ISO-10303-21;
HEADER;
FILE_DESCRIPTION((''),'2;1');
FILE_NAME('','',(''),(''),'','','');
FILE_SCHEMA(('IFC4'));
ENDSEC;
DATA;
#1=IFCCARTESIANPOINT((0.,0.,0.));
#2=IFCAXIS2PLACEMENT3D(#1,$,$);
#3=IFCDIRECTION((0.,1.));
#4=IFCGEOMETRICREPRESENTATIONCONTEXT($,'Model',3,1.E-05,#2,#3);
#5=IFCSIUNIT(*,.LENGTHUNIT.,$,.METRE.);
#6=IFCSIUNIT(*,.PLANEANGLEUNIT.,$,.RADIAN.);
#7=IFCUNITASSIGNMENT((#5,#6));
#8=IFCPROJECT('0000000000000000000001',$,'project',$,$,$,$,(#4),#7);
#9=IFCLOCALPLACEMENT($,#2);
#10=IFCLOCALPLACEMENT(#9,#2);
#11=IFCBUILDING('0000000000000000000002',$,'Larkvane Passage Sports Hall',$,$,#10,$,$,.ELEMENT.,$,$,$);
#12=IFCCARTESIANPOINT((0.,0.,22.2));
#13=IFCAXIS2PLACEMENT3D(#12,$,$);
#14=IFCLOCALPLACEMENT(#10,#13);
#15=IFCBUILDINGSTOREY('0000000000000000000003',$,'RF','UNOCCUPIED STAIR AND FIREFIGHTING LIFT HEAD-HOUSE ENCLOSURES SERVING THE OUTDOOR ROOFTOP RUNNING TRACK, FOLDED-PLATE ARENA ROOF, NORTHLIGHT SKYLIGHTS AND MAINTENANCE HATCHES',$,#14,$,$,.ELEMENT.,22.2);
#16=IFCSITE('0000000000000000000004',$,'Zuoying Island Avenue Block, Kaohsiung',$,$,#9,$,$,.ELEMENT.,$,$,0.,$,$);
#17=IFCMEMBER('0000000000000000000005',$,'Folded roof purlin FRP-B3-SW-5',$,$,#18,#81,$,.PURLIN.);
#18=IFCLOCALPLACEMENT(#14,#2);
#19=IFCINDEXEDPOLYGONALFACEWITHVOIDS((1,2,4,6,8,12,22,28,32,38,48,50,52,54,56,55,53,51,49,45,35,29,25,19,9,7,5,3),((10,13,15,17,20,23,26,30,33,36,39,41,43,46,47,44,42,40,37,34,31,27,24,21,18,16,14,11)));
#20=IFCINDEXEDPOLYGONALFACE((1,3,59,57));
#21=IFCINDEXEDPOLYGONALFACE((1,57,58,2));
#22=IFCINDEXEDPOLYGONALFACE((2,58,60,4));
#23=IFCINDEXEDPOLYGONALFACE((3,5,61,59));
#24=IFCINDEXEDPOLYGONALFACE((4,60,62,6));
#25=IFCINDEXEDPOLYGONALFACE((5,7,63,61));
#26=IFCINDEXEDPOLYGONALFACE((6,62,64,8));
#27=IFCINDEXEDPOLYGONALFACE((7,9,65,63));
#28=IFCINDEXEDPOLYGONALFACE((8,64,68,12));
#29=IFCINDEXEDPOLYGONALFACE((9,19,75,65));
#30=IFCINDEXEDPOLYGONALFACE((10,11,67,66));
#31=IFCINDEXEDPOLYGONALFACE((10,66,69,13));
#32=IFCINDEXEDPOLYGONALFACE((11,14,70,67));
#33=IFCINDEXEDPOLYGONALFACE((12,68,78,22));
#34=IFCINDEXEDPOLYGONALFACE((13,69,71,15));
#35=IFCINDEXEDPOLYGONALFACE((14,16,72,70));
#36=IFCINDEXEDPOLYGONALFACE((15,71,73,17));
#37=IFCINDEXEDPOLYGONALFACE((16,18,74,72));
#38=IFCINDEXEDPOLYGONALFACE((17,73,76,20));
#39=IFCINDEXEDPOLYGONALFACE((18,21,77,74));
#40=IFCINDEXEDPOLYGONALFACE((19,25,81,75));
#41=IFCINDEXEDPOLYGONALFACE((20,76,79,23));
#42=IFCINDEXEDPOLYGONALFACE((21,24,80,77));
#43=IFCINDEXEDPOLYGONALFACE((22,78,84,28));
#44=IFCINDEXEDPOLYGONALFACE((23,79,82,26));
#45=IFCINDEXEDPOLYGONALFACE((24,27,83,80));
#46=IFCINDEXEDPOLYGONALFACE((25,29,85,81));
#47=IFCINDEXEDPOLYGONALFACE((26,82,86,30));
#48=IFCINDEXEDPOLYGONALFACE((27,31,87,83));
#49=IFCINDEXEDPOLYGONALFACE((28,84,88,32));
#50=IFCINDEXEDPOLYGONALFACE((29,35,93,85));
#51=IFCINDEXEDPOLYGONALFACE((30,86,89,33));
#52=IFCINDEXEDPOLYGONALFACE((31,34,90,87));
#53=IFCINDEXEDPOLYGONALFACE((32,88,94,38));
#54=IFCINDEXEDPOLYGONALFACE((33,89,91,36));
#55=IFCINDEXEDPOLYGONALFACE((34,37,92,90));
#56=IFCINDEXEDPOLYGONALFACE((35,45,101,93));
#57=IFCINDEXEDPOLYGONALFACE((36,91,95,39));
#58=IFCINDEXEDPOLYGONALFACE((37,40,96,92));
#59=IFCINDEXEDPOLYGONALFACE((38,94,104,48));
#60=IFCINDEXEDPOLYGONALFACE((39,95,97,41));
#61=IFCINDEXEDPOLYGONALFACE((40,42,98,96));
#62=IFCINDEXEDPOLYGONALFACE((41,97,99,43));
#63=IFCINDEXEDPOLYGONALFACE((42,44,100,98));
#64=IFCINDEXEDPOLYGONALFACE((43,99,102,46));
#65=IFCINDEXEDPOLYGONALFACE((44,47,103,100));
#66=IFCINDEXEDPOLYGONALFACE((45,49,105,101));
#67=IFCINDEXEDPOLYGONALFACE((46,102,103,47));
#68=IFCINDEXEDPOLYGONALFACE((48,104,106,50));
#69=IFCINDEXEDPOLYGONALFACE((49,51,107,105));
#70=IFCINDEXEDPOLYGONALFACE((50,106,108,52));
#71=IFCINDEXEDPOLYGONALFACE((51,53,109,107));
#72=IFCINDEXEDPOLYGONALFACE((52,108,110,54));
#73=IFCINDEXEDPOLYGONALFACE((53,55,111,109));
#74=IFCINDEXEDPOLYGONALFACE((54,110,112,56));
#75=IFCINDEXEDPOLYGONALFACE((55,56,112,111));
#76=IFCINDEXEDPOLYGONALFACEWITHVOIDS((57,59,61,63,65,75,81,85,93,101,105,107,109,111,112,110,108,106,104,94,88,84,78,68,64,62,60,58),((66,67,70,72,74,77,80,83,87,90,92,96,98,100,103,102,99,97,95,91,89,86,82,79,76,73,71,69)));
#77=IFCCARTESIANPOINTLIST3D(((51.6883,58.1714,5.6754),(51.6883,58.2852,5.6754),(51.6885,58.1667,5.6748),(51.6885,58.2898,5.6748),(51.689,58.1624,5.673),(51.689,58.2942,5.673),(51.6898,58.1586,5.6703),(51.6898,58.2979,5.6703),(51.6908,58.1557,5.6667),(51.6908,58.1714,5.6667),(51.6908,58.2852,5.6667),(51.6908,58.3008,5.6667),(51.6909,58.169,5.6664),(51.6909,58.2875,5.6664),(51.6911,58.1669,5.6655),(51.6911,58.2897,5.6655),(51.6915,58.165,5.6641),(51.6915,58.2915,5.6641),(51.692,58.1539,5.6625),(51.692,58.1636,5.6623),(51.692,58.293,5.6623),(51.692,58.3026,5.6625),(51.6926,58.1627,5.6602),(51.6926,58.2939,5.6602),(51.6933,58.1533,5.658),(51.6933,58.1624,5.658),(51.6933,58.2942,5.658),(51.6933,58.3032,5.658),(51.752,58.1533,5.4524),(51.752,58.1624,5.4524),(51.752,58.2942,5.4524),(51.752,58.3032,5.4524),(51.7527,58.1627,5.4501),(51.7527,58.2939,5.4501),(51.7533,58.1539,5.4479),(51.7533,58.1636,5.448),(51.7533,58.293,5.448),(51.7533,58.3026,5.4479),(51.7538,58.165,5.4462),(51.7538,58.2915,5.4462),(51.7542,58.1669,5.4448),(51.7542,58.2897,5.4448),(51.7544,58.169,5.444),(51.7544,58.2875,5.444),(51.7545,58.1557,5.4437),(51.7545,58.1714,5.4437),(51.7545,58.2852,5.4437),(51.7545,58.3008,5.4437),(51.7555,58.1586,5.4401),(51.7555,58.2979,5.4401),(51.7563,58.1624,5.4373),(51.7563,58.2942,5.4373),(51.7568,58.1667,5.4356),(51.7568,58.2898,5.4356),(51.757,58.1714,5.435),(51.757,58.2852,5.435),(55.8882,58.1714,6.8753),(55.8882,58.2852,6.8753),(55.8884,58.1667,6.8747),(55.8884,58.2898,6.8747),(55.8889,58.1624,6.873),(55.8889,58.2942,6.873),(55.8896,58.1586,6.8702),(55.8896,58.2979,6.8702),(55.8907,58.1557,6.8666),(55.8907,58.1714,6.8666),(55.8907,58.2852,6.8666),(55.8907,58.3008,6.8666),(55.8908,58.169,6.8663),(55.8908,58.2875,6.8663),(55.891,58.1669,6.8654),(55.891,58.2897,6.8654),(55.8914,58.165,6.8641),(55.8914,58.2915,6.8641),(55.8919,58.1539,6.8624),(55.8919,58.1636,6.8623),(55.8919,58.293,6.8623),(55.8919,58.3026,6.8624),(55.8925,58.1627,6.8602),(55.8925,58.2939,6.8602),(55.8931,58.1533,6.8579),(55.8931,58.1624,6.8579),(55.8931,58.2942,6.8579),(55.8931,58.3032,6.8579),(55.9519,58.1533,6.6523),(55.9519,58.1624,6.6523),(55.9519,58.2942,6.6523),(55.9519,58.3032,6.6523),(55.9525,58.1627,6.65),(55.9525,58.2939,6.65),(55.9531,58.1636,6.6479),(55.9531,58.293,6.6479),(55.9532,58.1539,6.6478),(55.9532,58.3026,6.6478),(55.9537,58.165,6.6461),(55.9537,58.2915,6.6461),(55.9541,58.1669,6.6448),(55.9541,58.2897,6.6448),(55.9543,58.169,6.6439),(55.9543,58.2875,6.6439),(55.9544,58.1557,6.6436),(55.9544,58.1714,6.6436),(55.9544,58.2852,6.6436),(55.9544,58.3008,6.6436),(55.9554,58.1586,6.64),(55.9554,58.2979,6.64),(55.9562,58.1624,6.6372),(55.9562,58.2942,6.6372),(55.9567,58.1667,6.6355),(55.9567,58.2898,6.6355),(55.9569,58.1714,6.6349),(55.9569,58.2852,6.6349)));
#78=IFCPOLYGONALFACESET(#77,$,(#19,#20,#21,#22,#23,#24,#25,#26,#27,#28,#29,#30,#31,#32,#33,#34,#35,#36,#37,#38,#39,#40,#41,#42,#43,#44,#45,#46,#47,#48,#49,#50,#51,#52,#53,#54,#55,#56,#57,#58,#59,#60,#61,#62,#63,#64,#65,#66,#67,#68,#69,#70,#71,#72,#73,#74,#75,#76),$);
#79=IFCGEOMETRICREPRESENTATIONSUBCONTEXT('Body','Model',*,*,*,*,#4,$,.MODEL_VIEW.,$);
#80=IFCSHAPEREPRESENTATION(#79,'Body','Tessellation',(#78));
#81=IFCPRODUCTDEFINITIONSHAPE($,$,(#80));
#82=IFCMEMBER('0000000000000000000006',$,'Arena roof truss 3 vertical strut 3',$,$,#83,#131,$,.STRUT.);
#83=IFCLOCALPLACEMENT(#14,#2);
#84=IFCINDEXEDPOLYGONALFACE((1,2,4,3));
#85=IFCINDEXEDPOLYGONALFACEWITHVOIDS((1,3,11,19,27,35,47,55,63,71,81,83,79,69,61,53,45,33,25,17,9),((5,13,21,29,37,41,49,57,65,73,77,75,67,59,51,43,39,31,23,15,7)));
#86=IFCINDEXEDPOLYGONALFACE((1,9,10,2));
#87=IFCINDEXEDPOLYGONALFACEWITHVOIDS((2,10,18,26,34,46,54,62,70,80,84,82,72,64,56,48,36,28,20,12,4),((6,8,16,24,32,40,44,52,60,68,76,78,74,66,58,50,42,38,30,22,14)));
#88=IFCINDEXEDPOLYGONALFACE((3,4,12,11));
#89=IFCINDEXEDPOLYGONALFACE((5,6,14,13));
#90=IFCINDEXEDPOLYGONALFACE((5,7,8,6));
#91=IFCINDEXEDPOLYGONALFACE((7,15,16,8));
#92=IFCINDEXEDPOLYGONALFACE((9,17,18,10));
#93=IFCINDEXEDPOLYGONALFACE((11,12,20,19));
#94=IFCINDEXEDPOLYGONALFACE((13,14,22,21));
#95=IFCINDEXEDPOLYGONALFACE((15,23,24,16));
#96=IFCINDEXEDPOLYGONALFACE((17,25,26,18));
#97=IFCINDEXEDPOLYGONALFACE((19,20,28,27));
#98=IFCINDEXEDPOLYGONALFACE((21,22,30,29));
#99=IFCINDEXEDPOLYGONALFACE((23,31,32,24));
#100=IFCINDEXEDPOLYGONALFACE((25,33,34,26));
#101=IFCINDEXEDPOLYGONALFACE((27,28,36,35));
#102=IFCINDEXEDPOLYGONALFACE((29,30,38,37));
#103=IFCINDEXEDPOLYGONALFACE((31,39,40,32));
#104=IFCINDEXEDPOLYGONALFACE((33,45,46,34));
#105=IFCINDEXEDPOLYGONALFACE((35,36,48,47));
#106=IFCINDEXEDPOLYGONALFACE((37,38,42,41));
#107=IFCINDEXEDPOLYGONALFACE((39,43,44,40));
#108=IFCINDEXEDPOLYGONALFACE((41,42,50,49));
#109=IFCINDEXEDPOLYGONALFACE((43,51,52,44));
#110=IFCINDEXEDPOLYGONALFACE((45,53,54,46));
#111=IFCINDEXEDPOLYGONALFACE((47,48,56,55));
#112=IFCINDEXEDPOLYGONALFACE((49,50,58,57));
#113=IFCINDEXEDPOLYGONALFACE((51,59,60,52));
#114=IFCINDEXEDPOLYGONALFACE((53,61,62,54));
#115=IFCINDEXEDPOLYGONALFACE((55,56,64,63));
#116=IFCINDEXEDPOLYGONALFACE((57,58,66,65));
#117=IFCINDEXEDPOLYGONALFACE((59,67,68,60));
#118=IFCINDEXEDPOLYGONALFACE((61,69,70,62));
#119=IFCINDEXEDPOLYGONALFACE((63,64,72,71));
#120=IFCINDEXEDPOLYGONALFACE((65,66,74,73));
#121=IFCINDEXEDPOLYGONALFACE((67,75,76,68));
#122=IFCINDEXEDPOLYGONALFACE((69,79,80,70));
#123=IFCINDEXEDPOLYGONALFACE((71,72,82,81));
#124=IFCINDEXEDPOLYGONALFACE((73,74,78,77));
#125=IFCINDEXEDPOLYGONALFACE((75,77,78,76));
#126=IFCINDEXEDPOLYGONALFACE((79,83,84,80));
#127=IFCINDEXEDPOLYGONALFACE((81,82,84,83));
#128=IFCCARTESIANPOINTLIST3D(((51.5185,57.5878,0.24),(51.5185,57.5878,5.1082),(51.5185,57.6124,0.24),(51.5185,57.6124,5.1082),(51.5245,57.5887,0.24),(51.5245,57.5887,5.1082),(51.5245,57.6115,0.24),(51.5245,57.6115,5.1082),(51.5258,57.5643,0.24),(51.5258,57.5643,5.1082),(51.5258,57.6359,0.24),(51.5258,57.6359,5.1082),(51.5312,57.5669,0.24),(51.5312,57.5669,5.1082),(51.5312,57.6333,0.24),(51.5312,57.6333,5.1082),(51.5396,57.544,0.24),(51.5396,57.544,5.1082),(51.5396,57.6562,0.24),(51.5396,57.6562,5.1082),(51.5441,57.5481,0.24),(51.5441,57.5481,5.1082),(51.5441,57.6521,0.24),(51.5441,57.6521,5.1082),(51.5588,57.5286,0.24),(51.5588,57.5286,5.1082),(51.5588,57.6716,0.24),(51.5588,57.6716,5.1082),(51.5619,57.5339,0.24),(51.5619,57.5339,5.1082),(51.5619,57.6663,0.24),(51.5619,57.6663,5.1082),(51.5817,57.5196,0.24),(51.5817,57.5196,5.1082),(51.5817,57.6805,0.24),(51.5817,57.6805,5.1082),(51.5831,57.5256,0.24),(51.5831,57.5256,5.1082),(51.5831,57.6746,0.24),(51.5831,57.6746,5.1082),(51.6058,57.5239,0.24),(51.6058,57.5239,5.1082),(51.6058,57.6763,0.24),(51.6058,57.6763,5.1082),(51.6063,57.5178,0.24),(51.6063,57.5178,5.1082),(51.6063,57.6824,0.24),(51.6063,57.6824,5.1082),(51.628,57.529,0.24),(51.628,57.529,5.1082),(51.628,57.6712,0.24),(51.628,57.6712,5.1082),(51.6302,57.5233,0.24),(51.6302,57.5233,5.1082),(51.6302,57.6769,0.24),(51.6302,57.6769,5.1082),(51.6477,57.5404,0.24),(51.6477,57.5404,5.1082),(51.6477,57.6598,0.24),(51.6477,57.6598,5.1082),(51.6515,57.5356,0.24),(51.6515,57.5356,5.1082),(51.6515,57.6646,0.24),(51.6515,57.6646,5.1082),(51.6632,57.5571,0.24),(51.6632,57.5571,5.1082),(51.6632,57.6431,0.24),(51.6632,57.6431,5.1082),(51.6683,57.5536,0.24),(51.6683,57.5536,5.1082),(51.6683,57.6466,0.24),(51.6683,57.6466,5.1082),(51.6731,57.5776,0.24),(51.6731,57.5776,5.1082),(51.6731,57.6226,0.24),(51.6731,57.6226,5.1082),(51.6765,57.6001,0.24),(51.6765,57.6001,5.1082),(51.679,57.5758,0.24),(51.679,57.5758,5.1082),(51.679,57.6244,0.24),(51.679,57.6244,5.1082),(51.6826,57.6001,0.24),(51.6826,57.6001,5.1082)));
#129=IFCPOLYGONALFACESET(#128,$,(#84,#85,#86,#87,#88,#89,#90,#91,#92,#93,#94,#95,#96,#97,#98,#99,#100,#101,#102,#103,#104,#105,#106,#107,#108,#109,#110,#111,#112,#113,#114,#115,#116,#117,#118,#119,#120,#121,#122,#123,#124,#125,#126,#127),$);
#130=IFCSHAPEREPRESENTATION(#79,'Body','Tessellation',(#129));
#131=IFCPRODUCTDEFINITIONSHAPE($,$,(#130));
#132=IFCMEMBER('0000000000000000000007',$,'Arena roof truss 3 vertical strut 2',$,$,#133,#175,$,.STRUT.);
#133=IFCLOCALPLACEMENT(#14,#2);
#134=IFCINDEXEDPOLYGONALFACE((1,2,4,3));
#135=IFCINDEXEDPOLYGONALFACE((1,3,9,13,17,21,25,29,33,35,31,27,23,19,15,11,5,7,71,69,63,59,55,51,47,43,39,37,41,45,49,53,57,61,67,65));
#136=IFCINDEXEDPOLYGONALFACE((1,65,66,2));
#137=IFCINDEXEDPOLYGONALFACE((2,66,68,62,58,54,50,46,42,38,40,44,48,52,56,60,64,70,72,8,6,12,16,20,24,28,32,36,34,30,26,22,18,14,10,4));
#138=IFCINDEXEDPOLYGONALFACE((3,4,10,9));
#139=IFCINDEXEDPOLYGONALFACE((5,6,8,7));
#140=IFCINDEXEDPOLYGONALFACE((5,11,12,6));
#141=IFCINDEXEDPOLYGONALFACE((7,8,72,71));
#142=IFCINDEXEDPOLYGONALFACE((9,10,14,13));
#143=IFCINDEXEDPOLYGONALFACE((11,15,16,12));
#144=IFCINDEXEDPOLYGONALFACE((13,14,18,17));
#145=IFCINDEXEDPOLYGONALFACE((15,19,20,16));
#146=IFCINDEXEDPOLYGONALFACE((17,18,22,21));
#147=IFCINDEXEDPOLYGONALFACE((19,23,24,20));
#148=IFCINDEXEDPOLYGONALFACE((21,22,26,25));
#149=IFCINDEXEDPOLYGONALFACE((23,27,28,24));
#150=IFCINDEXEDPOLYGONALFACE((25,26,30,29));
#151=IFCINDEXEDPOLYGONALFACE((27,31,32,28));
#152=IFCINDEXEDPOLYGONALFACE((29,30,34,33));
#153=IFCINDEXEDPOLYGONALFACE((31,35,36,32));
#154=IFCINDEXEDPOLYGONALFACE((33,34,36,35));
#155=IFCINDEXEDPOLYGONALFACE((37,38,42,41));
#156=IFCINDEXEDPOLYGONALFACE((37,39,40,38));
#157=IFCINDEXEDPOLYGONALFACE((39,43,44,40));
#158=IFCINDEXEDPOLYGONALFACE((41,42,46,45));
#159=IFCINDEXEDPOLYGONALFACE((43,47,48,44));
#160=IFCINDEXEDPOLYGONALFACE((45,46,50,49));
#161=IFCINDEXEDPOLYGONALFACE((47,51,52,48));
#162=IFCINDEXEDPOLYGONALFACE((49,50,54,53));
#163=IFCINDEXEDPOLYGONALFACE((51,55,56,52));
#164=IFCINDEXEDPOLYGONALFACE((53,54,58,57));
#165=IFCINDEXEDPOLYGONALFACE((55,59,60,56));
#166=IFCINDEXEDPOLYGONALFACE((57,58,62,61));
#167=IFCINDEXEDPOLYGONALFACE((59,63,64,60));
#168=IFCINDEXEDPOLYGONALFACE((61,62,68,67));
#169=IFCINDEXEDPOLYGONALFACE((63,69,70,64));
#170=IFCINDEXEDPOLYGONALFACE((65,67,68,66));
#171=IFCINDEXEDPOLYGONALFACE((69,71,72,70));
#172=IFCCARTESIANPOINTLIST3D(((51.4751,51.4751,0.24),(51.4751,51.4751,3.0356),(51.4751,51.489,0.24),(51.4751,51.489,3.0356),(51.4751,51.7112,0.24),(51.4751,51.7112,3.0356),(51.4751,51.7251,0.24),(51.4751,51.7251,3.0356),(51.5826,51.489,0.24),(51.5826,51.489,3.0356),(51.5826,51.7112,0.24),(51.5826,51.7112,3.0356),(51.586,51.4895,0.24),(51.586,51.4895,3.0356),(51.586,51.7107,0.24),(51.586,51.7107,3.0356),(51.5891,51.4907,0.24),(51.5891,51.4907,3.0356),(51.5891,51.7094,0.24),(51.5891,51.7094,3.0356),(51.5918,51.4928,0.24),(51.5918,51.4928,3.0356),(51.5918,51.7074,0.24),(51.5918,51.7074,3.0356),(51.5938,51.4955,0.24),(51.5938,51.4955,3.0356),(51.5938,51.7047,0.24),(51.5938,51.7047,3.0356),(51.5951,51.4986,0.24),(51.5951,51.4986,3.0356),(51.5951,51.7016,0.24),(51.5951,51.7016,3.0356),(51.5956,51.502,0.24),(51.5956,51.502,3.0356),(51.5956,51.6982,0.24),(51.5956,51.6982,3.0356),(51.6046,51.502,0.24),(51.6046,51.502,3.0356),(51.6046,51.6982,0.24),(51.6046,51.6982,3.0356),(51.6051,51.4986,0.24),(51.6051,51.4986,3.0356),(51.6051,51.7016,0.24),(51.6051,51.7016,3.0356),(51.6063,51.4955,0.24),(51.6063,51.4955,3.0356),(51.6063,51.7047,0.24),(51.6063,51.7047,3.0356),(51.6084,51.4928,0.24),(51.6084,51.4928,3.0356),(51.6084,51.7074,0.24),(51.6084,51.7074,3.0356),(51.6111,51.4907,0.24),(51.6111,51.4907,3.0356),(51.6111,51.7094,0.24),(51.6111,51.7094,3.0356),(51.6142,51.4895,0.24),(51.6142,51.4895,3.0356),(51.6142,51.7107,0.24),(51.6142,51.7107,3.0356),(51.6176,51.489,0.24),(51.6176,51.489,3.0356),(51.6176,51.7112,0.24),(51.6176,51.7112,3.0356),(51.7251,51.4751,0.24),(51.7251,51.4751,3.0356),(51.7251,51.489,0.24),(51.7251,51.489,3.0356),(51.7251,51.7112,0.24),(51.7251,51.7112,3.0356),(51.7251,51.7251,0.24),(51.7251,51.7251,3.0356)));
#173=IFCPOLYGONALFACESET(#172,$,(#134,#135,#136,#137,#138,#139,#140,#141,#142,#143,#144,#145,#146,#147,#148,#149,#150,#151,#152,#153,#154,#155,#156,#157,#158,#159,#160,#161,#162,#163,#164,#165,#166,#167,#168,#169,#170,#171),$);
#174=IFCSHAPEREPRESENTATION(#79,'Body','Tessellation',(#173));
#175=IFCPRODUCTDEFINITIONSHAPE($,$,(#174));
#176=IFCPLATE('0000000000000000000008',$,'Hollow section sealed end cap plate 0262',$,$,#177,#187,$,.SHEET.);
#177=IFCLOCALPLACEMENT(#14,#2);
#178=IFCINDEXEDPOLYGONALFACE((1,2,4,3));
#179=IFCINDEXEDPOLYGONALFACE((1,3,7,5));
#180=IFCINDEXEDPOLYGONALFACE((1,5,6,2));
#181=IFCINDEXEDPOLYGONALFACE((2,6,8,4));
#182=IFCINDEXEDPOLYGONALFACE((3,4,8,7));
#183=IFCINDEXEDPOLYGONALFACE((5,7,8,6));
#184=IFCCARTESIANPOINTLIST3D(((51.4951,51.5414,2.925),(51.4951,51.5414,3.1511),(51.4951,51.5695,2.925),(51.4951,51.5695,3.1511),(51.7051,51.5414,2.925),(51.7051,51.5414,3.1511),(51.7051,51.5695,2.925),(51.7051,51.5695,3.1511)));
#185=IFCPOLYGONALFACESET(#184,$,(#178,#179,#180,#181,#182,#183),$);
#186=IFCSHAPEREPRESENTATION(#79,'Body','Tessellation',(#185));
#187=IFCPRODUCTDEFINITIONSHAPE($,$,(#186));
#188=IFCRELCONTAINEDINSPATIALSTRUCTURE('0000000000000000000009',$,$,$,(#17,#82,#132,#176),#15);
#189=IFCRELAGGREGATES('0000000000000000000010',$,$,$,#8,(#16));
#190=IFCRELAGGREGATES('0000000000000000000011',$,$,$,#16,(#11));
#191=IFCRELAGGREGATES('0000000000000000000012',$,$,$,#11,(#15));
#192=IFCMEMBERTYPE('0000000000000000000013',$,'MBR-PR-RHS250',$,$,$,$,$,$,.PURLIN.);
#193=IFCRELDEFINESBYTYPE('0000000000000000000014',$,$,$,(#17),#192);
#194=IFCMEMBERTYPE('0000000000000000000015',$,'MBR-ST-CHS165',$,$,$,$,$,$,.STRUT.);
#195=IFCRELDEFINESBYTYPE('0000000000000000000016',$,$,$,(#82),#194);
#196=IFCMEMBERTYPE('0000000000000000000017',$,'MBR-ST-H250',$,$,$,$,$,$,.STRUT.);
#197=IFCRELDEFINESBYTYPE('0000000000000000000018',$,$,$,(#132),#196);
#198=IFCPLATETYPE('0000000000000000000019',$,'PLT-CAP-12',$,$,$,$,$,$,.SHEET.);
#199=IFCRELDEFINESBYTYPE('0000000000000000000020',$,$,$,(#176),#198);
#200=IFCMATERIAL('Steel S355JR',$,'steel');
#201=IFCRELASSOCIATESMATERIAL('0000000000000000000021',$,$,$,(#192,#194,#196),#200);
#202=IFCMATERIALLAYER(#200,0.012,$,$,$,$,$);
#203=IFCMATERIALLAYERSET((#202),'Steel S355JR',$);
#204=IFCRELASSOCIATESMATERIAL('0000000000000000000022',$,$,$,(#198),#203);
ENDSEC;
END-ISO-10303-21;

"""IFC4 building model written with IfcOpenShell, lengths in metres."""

from ifc_helpers import new_model, si_unit, direction, frame, origin, origin_2d, place, context, subcontext, project, spatial, rectangle, hollow_rectangle, hollow_circle, i_section, extrude, material, layer, layer_set, material_profile, profile_set, type_object, element, save


model = new_model("IFC4")

# Units and contexts
model_context = context("Model", 3, precision=1e-05, world=origin(), true_north=direction((0.0, 1.0)))
body_context = subcontext(model_context, "Body", "Model", "MODEL_VIEW")
ifc_project = project(units=[si_unit("LENGTHUNIT", "METRE"), si_unit("PLANEANGLEUNIT", "RADIAN")], contexts=[model_context])

# Site, building, storey
site_placement = place(None, origin())
site = spatial("IfcSite", under=ifc_project, at=site_placement, Name="Zuoying Island Avenue Block, Kaohsiung", CompositionType="ELEMENT", RefElevation=0.0)
building_placement = place(site_placement, origin())
building = spatial("IfcBuilding", under=site, at=building_placement, Name="Larkvane Passage Sports Hall", CompositionType="ELEMENT")
storey_placement = place(building_placement, frame((0.0, 0.0, 22.2)))
storey = spatial("IfcBuildingStorey", under=building, at=storey_placement, Name="RF", Description="UNOCCUPIED STAIR AND FIREFIGHTING LIFT HEAD-HOUSE ENCLOSURES SERVING THE OUTDOOR ROOFTOP RUNNING TRACK, FOLDED-PLATE ARENA ROOF, NORTHLIGHT SKYLIGHTS AND MAINTENANCE HATCHES", CompositionType="ELEMENT", Elevation=22.2)

# Members
ifc_material_1 = material(Name="Steel S355JR", Category="steel")
ifc_material_profile_1 = material_profile(ifc_material_1, hollow_rectangle(XDim=0.1499, YDim=0.25, WallThickness=0.009, InnerFilletRadius=0.009, OuterFilletRadius=0.0181, at=origin_2d()), Name="RHS-250x150x9")
ifc_profile_set_1 = profile_set([ifc_material_profile_1], Name="Steel S355JR")
member_type_1 = type_object("IfcMemberType", Name="MBR-PR-RHS250", PredefinedType="PURLIN", material=ifc_profile_set_1)
member_1_placement = place(storey_placement, frame((51.7227, 58.2283, 5.5552), z_axis=(0.961526, 0.0, 0.274714), x_axis=(0.0, 1.0, 0.0)))
element("IfcMember", 1, at=member_1_placement, inside=storey, type_object=member_type_1, Name="Folded roof purlin FRP-B3-SW-5", PredefinedType="PURLIN", context=body_context, shape_type="SweptSolid", body=[
    extrude(hollow_rectangle(XDim=0.1499, YDim=0.25, WallThickness=0.009, InnerFilletRadius=0.009, OuterFilletRadius=0.0181, at=origin_2d()), origin(), (0.0, 0.0, 1.0), 4.3679),
])
ifc_material_profile_2 = material_profile(ifc_material_1, hollow_circle(Radius=0.0825, WallThickness=0.0061, at=origin_2d()), Name="CHS-165.2x6.0")
ifc_profile_set_2 = profile_set([ifc_material_profile_2], Name="Steel S355JR")
member_type_2 = type_object("IfcMemberType", Name="MBR-ST-CHS165", PredefinedType="STRUT", material=ifc_profile_set_2)
member_2_placement = place(storey_placement, frame((51.6001, 57.6001, 0.24), z_axis=(0.0, 0.0, 1.0), x_axis=(1.0, 0.0, 0.0)))
element("IfcMember", 2, at=member_2_placement, inside=storey, type_object=member_type_2, Name="Arena roof truss 3 vertical strut 3", PredefinedType="STRUT", context=body_context, shape_type="SweptSolid", body=[
    extrude(hollow_circle(Radius=0.0825, WallThickness=0.0061, at=origin_2d()), origin(), (0.0, 0.0, 1.0), 4.8682),
])
ifc_material_profile_3 = material_profile(ifc_material_1, i_section(OverallWidth=0.25, OverallDepth=0.25, WebThickness=0.009, FlangeThickness=0.0139, FilletRadius=0.0129, at=origin_2d()), Name="H-250x250x9x14")
ifc_profile_set_3 = profile_set([ifc_material_profile_3], Name="Steel S355JR")
member_type_3 = type_object("IfcMemberType", Name="MBR-ST-H250", PredefinedType="STRUT", material=ifc_profile_set_3)
member_3_placement = place(storey_placement, frame((51.6001, 51.6001, 0.24), z_axis=(0.0, 0.0, 1.0), x_axis=(1.0, 0.0, 0.0)))
element("IfcMember", 3, at=member_3_placement, inside=storey, type_object=member_type_3, Name="Arena roof truss 3 vertical strut 2", PredefinedType="STRUT", context=body_context, shape_type="SweptSolid", body=[
    extrude(i_section(OverallWidth=0.25, OverallDepth=0.25, WebThickness=0.009, FlangeThickness=0.0139, FilletRadius=0.0129, at=origin_2d()), origin(), (0.0, 0.0, 1.0), 2.7957),
])

# Plate
ifc_layer_1 = layer(ifc_material_1, 0.012)
ifc_layer_set_1 = layer_set([ifc_layer_1], Name="Steel S355JR")
plate_type_1 = type_object("IfcPlateType", Name="PLT-CAP-12", PredefinedType="SHEET", material=ifc_layer_set_1)
plate_1_placement = place(storey_placement, frame((51.6001, 51.5554, 2.925), z_axis=(0.0, 0.0, 1.0), x_axis=(-1.0, 0.0, 0.0)))
element("IfcPlate", 4, at=plate_1_placement, inside=storey, type_object=plate_type_1, Name="Hollow section sealed end cap plate 0262", PredefinedType="SHEET", context=body_context, shape_type="SweptSolid", body=[
    extrude(rectangle(XDim=0.21, YDim=0.0281, at=origin_2d()), origin(), (0.0, 0.0, 1.0), 0.2261),
])

save(model, "model.ifc")
